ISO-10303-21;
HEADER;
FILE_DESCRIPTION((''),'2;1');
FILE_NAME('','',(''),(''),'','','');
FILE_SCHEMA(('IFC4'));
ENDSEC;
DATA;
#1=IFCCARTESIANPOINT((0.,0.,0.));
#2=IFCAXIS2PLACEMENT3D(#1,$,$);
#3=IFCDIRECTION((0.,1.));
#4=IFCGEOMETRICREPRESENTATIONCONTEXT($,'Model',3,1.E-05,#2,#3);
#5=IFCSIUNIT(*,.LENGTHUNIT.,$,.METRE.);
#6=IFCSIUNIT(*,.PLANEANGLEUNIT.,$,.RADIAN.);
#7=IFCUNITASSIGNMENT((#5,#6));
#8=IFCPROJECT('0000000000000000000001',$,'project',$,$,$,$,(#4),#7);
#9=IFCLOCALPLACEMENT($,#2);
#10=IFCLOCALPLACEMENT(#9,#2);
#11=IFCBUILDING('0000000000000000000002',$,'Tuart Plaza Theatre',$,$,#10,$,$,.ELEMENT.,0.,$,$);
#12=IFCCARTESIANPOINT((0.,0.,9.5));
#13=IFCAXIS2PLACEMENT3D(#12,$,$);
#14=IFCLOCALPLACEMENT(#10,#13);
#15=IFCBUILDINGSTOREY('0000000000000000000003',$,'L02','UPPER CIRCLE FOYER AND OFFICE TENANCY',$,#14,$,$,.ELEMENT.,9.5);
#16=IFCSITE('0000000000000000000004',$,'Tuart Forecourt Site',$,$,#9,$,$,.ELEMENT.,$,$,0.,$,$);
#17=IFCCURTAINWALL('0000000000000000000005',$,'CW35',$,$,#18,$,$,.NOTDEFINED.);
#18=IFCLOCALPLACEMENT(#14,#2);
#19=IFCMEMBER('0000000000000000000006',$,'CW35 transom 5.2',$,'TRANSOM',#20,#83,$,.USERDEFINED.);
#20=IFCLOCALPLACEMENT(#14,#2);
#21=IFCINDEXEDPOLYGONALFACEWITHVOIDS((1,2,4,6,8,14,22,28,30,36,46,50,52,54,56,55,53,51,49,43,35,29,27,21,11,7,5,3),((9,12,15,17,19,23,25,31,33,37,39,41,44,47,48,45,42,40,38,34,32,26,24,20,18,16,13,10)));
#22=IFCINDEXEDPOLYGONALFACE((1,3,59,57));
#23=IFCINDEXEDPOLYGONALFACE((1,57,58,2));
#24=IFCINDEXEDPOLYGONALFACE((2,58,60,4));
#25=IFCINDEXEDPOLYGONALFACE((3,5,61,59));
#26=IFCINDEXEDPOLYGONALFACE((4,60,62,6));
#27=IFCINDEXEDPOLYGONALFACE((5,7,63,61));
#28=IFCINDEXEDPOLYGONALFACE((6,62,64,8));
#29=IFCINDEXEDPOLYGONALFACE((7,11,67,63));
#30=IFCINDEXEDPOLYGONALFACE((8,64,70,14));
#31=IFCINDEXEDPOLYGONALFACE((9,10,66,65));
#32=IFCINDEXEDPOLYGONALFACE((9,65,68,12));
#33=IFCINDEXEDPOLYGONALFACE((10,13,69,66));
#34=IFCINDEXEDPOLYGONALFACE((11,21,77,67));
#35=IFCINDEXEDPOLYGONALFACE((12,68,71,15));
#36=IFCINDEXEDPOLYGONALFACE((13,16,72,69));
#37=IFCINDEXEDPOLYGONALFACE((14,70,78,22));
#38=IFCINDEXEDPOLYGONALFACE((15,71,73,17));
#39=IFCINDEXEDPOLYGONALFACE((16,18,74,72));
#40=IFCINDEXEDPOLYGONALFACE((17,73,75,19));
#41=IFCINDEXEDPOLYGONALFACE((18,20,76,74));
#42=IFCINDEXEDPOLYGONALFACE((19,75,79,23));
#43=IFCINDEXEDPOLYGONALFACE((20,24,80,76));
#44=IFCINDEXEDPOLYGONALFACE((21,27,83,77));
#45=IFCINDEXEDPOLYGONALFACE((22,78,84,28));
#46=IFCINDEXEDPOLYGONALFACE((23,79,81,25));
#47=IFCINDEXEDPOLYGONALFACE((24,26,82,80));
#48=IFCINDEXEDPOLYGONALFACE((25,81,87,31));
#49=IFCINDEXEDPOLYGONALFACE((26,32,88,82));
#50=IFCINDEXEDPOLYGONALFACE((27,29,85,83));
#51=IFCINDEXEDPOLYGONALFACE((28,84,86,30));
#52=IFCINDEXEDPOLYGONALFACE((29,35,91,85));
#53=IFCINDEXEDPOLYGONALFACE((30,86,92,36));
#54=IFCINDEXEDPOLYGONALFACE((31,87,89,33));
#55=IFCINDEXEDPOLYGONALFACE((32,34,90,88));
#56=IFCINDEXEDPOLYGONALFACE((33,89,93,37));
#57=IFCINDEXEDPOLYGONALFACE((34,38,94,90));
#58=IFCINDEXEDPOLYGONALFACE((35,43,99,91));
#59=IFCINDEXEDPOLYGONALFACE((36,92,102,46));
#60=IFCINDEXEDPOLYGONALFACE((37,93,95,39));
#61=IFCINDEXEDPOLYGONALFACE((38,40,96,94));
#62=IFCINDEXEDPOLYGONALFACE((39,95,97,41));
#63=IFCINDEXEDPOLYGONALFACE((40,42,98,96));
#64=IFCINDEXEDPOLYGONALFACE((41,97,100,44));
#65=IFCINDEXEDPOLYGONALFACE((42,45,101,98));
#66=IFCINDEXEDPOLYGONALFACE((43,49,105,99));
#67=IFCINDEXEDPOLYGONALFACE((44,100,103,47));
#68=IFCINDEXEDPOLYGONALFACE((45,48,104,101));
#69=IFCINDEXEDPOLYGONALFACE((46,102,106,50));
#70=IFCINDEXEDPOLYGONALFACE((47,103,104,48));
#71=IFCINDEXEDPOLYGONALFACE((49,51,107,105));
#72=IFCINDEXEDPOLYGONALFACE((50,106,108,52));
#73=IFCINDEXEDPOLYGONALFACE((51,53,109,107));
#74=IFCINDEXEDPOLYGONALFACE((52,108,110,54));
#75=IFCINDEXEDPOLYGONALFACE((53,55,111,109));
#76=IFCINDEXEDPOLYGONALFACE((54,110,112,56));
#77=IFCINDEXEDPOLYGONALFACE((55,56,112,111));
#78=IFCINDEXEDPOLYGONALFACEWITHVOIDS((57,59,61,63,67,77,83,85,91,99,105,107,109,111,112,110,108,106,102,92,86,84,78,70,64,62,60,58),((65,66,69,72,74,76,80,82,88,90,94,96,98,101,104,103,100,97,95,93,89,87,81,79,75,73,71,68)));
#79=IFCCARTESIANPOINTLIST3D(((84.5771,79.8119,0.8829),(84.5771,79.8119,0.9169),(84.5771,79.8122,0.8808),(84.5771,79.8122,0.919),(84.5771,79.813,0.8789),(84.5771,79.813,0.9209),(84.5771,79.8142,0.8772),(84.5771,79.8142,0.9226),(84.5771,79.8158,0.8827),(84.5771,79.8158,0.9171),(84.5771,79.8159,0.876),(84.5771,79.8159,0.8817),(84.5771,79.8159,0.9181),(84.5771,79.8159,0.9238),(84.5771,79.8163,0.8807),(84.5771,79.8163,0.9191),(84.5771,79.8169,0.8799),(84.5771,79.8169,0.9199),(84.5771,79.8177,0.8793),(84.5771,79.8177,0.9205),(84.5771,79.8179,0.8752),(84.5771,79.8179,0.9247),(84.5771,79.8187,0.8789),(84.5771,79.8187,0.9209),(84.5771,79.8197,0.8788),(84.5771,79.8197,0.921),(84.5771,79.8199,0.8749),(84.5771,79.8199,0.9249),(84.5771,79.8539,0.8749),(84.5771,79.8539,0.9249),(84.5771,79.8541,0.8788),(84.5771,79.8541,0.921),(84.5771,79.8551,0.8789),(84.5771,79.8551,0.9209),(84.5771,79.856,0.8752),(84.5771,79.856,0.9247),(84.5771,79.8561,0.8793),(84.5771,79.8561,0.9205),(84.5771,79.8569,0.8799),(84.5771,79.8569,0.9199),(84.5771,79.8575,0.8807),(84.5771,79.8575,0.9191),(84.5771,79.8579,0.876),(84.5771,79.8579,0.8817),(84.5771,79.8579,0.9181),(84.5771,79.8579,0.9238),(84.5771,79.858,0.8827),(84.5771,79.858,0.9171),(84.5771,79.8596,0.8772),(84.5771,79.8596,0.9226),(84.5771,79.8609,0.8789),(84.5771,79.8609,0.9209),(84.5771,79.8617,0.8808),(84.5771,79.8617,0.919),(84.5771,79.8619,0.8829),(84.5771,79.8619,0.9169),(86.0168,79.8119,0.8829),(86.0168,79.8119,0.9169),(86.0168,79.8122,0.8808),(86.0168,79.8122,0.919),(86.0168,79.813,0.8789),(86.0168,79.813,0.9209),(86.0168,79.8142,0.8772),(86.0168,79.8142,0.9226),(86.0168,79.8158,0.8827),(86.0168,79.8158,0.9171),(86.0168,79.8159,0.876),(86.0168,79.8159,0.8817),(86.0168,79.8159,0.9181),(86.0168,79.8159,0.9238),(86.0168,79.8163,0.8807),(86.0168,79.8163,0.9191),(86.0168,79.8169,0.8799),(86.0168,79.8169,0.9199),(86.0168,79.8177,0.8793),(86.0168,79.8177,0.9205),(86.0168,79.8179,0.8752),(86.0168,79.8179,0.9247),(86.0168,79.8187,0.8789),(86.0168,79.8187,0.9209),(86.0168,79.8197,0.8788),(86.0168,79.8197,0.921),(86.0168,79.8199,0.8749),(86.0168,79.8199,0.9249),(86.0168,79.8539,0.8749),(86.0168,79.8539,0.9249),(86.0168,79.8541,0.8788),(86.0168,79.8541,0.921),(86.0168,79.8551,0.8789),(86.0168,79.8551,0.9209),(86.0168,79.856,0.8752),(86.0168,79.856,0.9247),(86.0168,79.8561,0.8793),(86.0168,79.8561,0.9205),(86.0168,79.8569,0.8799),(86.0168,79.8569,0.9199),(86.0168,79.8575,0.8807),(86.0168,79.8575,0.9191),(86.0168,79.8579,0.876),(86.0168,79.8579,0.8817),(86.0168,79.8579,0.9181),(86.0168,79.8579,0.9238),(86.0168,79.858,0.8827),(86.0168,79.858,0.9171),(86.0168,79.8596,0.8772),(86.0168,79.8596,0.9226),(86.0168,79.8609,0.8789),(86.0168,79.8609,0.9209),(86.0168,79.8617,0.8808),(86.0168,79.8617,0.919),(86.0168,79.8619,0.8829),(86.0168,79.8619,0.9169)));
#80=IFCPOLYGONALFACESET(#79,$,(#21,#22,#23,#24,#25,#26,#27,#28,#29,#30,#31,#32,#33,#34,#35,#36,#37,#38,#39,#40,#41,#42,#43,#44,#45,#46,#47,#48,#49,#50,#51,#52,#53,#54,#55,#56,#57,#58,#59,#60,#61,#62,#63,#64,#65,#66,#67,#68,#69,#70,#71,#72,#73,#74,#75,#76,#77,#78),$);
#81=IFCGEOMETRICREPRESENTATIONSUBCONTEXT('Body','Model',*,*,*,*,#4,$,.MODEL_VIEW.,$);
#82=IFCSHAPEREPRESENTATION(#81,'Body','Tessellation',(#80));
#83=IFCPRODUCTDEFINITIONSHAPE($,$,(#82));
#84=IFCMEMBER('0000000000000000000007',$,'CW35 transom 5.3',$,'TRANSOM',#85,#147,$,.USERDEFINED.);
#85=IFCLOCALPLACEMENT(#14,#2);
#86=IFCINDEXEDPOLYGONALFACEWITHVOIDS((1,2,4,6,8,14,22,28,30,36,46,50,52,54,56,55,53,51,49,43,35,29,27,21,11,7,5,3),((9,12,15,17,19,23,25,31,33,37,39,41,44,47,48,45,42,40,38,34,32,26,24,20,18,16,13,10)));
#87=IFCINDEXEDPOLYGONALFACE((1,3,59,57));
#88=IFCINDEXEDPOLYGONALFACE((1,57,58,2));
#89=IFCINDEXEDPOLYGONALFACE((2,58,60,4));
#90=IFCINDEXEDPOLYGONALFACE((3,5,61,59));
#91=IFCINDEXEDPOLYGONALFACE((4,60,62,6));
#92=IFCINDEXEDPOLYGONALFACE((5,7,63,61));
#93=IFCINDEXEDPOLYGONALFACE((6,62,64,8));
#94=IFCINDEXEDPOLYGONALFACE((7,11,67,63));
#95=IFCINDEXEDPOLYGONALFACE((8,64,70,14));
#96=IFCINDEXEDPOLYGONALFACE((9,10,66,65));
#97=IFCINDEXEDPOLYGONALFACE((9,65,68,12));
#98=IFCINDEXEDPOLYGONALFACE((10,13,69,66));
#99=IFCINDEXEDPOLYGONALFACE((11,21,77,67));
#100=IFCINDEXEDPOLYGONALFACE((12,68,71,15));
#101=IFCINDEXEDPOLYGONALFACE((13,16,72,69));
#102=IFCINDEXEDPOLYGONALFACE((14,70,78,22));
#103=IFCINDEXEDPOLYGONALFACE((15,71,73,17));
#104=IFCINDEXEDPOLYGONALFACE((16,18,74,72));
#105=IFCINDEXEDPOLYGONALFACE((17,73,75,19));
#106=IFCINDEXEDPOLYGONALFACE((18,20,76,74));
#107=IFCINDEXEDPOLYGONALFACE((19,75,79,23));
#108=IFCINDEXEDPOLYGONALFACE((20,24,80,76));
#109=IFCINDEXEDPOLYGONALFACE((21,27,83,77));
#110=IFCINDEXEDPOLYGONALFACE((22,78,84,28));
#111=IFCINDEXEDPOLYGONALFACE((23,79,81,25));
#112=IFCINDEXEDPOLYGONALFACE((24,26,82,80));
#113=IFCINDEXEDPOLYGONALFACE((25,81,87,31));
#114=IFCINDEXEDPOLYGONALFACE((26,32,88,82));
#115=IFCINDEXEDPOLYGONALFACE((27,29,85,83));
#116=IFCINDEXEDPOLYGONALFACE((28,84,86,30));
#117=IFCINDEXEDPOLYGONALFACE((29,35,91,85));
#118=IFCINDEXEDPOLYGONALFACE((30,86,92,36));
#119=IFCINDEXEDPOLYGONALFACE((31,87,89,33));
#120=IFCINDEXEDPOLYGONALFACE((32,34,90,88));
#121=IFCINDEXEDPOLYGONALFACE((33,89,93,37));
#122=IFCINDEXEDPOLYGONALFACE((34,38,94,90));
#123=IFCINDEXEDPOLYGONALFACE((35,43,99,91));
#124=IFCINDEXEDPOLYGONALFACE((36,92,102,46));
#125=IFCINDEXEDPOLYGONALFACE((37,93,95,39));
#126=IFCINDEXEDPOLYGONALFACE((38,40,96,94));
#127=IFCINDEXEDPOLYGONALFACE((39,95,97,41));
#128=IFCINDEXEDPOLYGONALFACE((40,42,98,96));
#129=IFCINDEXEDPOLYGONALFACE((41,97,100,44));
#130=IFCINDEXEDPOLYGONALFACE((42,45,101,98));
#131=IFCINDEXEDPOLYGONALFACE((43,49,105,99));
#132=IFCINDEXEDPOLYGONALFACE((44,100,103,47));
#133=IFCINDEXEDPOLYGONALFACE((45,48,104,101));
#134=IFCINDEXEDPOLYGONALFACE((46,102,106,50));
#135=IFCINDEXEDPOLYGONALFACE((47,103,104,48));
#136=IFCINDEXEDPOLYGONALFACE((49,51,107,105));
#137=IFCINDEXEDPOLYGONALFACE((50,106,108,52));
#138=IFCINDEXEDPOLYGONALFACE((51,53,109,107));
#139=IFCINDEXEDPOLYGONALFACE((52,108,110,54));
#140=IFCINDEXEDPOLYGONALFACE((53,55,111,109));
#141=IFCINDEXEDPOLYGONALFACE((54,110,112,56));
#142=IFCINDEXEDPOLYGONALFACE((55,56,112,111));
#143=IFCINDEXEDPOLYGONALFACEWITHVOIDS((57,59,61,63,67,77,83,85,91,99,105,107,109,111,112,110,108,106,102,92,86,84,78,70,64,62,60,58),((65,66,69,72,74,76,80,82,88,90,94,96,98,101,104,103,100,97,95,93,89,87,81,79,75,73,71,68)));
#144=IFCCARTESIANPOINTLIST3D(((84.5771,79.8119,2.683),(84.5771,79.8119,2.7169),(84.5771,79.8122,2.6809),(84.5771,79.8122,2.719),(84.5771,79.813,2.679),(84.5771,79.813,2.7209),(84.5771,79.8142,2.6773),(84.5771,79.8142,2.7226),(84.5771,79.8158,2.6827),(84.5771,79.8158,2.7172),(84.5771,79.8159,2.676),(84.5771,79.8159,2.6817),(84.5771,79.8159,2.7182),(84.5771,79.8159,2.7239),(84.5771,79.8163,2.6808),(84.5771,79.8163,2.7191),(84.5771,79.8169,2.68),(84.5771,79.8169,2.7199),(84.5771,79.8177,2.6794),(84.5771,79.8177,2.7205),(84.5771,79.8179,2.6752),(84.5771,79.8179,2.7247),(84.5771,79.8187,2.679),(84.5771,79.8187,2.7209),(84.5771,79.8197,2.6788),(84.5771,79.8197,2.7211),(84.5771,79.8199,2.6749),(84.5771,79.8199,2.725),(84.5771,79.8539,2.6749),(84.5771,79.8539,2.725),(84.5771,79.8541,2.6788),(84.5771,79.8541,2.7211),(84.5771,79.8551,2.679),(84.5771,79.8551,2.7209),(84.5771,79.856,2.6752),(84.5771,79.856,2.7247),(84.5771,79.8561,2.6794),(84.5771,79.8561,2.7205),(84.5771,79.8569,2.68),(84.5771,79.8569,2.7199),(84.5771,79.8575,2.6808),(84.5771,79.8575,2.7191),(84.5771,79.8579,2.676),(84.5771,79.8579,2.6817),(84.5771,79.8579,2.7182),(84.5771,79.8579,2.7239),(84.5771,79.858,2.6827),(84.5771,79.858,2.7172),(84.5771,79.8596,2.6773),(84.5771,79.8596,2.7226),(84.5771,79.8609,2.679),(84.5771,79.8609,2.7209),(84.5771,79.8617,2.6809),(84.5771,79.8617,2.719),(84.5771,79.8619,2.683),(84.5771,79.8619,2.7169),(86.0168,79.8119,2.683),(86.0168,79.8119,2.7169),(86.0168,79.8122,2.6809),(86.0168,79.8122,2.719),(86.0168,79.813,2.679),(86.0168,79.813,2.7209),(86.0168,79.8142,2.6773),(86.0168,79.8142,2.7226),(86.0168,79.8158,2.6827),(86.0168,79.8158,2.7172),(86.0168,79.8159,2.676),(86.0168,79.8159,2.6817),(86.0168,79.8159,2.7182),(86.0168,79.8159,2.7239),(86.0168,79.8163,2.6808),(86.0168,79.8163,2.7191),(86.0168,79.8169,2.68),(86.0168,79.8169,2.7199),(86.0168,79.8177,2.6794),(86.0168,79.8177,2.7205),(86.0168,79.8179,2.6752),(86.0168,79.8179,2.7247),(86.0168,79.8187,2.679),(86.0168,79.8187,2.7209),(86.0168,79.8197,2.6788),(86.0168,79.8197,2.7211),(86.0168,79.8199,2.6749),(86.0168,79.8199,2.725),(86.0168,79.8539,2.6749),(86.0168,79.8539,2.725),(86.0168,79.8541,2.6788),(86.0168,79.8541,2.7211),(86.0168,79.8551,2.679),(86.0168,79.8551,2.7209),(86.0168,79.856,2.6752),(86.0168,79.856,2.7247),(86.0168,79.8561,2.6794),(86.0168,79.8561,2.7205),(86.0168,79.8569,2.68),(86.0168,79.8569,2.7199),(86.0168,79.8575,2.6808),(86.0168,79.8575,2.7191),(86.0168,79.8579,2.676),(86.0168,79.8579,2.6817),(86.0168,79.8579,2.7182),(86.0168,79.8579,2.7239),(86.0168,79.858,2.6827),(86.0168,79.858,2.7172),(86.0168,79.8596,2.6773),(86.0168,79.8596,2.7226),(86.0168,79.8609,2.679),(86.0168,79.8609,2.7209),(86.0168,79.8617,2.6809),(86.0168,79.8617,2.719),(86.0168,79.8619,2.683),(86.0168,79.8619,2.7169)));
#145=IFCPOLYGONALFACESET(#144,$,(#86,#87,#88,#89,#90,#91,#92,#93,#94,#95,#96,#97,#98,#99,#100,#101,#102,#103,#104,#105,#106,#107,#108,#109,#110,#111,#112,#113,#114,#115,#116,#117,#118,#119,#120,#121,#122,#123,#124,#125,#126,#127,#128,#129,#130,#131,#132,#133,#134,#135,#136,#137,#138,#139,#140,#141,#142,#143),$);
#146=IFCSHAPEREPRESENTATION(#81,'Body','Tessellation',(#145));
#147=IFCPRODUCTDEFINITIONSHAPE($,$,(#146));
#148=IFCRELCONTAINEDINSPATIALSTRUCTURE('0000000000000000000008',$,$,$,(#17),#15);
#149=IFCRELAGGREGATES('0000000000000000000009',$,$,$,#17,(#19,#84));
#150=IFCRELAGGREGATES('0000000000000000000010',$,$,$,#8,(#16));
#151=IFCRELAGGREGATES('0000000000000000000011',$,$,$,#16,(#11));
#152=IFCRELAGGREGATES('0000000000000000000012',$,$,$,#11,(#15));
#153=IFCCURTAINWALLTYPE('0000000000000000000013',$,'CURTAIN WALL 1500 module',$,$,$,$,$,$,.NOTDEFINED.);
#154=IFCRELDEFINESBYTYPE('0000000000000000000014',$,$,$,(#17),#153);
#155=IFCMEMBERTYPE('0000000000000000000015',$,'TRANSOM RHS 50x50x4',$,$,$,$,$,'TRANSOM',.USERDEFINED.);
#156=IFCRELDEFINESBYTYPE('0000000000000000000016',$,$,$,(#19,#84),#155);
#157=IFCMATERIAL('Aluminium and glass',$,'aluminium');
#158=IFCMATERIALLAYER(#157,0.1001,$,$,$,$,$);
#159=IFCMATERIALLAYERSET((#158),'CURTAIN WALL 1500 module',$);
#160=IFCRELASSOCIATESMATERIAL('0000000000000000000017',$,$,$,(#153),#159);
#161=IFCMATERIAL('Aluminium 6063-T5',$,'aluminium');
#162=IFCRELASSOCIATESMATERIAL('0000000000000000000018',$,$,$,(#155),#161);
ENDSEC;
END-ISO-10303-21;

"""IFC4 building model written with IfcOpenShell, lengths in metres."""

from ifc_helpers import new_model, si_unit, direction, frame, origin, origin_2d, place, context, subcontext, project, spatial, hollow_rectangle, extrude, material, layer, layer_set, material_profile, profile_set, type_object, element, aggregate, save


model = new_model("IFC4")

# Units and contexts
model_context = context("Model", 3, precision=1e-05, world=origin(), true_north=direction((0.0, 1.0)))
body_context = subcontext(model_context, "Body", "Model", "MODEL_VIEW")
ifc_project = project(units=[si_unit("LENGTHUNIT", "METRE"), si_unit("PLANEANGLEUNIT", "RADIAN")], contexts=[model_context])

# Site, building, storey
site_placement = place(None, origin())
site = spatial("IfcSite", under=ifc_project, at=site_placement, Name="Tuart Forecourt Site", CompositionType="ELEMENT", RefElevation=0.0)
building_placement = place(site_placement, origin())
building = spatial("IfcBuilding", under=site, at=building_placement, Name="Tuart Plaza Theatre", CompositionType="ELEMENT", ElevationOfRefHeight=0.0)
storey_placement = place(building_placement, frame((0.0, 0.0, 9.5)))
storey = spatial("IfcBuildingStorey", under=building, at=storey_placement, Name="L02", Description="UPPER CIRCLE FOYER AND OFFICE TENANCY", CompositionType="ELEMENT", Elevation=9.5)

# Curtain wall, members
ifc_material_1 = material(Name="Aluminium and glass", Category="aluminium")
ifc_layer_1 = layer(ifc_material_1, 0.1001)
ifc_layer_set_1 = layer_set([ifc_layer_1], Name="CURTAIN WALL 1500 module")
curtain_wall_type = type_object("IfcCurtainWallType", Name="CURTAIN WALL 1500 module", PredefinedType="NOTDEFINED", material=ifc_layer_set_1)
curtain_wall_placement = place(storey_placement, origin())
curtain_wall = element("IfcCurtainWall", 1, at=curtain_wall_placement, inside=storey, type_object=curtain_wall_type, Name="CW35", PredefinedType="NOTDEFINED")
ifc_material_2 = material(Name="Aluminium 6063-T5", Category="aluminium")
ifc_material_profile_1 = material_profile(ifc_material_2, hollow_rectangle(XDim=0.05, YDim=0.05, WallThickness=0.0039, InnerFilletRadius=0.0039, OuterFilletRadius=0.0081, at=origin_2d()), Name="RHS 50x50x4")
ifc_profile_set_1 = profile_set([ifc_material_profile_1], Name="Aluminium 6063-T5")
member_type_1 = type_object("IfcMemberType", Name="TRANSOM RHS 50x50x4", ElementType="TRANSOM", PredefinedType="USERDEFINED", material=ifc_profile_set_1)
member_1_placement = place(storey_placement, frame((84.5771, 79.8369, 0.8999), z_axis=(1.0, 0.0, 0.0), x_axis=(0.0, 1.0, 0.0)))
member_1 = element("IfcMember", 2, at=member_1_placement, type_object=member_type_1, Name="CW35 transom 5.2", ObjectType="TRANSOM", PredefinedType="USERDEFINED", context=body_context, shape_type="SweptSolid", body=[
    extrude(hollow_rectangle(XDim=0.05, YDim=0.05, WallThickness=0.0039, InnerFilletRadius=0.0039, OuterFilletRadius=0.0081, at=origin_2d()), origin(), (0.0, 0.0, 1.0), 1.4397),
])
member_2_placement = place(storey_placement, frame((84.5771, 79.8369, 2.7), z_axis=(1.0, 0.0, 0.0), x_axis=(0.0, 1.0, 0.0)))
member_2 = element("IfcMember", 3, at=member_2_placement, type_object=member_type_1, Name="CW35 transom 5.3", ObjectType="TRANSOM", PredefinedType="USERDEFINED", context=body_context, shape_type="SweptSolid", body=[
    extrude(hollow_rectangle(XDim=0.05, YDim=0.05, WallThickness=0.0039, InnerFilletRadius=0.0039, OuterFilletRadius=0.0081, at=origin_2d()), origin(), (0.0, 0.0, 1.0), 1.4397),
])
aggregate(curtain_wall, [member_1, member_2])

save(model, "model.ifc")
